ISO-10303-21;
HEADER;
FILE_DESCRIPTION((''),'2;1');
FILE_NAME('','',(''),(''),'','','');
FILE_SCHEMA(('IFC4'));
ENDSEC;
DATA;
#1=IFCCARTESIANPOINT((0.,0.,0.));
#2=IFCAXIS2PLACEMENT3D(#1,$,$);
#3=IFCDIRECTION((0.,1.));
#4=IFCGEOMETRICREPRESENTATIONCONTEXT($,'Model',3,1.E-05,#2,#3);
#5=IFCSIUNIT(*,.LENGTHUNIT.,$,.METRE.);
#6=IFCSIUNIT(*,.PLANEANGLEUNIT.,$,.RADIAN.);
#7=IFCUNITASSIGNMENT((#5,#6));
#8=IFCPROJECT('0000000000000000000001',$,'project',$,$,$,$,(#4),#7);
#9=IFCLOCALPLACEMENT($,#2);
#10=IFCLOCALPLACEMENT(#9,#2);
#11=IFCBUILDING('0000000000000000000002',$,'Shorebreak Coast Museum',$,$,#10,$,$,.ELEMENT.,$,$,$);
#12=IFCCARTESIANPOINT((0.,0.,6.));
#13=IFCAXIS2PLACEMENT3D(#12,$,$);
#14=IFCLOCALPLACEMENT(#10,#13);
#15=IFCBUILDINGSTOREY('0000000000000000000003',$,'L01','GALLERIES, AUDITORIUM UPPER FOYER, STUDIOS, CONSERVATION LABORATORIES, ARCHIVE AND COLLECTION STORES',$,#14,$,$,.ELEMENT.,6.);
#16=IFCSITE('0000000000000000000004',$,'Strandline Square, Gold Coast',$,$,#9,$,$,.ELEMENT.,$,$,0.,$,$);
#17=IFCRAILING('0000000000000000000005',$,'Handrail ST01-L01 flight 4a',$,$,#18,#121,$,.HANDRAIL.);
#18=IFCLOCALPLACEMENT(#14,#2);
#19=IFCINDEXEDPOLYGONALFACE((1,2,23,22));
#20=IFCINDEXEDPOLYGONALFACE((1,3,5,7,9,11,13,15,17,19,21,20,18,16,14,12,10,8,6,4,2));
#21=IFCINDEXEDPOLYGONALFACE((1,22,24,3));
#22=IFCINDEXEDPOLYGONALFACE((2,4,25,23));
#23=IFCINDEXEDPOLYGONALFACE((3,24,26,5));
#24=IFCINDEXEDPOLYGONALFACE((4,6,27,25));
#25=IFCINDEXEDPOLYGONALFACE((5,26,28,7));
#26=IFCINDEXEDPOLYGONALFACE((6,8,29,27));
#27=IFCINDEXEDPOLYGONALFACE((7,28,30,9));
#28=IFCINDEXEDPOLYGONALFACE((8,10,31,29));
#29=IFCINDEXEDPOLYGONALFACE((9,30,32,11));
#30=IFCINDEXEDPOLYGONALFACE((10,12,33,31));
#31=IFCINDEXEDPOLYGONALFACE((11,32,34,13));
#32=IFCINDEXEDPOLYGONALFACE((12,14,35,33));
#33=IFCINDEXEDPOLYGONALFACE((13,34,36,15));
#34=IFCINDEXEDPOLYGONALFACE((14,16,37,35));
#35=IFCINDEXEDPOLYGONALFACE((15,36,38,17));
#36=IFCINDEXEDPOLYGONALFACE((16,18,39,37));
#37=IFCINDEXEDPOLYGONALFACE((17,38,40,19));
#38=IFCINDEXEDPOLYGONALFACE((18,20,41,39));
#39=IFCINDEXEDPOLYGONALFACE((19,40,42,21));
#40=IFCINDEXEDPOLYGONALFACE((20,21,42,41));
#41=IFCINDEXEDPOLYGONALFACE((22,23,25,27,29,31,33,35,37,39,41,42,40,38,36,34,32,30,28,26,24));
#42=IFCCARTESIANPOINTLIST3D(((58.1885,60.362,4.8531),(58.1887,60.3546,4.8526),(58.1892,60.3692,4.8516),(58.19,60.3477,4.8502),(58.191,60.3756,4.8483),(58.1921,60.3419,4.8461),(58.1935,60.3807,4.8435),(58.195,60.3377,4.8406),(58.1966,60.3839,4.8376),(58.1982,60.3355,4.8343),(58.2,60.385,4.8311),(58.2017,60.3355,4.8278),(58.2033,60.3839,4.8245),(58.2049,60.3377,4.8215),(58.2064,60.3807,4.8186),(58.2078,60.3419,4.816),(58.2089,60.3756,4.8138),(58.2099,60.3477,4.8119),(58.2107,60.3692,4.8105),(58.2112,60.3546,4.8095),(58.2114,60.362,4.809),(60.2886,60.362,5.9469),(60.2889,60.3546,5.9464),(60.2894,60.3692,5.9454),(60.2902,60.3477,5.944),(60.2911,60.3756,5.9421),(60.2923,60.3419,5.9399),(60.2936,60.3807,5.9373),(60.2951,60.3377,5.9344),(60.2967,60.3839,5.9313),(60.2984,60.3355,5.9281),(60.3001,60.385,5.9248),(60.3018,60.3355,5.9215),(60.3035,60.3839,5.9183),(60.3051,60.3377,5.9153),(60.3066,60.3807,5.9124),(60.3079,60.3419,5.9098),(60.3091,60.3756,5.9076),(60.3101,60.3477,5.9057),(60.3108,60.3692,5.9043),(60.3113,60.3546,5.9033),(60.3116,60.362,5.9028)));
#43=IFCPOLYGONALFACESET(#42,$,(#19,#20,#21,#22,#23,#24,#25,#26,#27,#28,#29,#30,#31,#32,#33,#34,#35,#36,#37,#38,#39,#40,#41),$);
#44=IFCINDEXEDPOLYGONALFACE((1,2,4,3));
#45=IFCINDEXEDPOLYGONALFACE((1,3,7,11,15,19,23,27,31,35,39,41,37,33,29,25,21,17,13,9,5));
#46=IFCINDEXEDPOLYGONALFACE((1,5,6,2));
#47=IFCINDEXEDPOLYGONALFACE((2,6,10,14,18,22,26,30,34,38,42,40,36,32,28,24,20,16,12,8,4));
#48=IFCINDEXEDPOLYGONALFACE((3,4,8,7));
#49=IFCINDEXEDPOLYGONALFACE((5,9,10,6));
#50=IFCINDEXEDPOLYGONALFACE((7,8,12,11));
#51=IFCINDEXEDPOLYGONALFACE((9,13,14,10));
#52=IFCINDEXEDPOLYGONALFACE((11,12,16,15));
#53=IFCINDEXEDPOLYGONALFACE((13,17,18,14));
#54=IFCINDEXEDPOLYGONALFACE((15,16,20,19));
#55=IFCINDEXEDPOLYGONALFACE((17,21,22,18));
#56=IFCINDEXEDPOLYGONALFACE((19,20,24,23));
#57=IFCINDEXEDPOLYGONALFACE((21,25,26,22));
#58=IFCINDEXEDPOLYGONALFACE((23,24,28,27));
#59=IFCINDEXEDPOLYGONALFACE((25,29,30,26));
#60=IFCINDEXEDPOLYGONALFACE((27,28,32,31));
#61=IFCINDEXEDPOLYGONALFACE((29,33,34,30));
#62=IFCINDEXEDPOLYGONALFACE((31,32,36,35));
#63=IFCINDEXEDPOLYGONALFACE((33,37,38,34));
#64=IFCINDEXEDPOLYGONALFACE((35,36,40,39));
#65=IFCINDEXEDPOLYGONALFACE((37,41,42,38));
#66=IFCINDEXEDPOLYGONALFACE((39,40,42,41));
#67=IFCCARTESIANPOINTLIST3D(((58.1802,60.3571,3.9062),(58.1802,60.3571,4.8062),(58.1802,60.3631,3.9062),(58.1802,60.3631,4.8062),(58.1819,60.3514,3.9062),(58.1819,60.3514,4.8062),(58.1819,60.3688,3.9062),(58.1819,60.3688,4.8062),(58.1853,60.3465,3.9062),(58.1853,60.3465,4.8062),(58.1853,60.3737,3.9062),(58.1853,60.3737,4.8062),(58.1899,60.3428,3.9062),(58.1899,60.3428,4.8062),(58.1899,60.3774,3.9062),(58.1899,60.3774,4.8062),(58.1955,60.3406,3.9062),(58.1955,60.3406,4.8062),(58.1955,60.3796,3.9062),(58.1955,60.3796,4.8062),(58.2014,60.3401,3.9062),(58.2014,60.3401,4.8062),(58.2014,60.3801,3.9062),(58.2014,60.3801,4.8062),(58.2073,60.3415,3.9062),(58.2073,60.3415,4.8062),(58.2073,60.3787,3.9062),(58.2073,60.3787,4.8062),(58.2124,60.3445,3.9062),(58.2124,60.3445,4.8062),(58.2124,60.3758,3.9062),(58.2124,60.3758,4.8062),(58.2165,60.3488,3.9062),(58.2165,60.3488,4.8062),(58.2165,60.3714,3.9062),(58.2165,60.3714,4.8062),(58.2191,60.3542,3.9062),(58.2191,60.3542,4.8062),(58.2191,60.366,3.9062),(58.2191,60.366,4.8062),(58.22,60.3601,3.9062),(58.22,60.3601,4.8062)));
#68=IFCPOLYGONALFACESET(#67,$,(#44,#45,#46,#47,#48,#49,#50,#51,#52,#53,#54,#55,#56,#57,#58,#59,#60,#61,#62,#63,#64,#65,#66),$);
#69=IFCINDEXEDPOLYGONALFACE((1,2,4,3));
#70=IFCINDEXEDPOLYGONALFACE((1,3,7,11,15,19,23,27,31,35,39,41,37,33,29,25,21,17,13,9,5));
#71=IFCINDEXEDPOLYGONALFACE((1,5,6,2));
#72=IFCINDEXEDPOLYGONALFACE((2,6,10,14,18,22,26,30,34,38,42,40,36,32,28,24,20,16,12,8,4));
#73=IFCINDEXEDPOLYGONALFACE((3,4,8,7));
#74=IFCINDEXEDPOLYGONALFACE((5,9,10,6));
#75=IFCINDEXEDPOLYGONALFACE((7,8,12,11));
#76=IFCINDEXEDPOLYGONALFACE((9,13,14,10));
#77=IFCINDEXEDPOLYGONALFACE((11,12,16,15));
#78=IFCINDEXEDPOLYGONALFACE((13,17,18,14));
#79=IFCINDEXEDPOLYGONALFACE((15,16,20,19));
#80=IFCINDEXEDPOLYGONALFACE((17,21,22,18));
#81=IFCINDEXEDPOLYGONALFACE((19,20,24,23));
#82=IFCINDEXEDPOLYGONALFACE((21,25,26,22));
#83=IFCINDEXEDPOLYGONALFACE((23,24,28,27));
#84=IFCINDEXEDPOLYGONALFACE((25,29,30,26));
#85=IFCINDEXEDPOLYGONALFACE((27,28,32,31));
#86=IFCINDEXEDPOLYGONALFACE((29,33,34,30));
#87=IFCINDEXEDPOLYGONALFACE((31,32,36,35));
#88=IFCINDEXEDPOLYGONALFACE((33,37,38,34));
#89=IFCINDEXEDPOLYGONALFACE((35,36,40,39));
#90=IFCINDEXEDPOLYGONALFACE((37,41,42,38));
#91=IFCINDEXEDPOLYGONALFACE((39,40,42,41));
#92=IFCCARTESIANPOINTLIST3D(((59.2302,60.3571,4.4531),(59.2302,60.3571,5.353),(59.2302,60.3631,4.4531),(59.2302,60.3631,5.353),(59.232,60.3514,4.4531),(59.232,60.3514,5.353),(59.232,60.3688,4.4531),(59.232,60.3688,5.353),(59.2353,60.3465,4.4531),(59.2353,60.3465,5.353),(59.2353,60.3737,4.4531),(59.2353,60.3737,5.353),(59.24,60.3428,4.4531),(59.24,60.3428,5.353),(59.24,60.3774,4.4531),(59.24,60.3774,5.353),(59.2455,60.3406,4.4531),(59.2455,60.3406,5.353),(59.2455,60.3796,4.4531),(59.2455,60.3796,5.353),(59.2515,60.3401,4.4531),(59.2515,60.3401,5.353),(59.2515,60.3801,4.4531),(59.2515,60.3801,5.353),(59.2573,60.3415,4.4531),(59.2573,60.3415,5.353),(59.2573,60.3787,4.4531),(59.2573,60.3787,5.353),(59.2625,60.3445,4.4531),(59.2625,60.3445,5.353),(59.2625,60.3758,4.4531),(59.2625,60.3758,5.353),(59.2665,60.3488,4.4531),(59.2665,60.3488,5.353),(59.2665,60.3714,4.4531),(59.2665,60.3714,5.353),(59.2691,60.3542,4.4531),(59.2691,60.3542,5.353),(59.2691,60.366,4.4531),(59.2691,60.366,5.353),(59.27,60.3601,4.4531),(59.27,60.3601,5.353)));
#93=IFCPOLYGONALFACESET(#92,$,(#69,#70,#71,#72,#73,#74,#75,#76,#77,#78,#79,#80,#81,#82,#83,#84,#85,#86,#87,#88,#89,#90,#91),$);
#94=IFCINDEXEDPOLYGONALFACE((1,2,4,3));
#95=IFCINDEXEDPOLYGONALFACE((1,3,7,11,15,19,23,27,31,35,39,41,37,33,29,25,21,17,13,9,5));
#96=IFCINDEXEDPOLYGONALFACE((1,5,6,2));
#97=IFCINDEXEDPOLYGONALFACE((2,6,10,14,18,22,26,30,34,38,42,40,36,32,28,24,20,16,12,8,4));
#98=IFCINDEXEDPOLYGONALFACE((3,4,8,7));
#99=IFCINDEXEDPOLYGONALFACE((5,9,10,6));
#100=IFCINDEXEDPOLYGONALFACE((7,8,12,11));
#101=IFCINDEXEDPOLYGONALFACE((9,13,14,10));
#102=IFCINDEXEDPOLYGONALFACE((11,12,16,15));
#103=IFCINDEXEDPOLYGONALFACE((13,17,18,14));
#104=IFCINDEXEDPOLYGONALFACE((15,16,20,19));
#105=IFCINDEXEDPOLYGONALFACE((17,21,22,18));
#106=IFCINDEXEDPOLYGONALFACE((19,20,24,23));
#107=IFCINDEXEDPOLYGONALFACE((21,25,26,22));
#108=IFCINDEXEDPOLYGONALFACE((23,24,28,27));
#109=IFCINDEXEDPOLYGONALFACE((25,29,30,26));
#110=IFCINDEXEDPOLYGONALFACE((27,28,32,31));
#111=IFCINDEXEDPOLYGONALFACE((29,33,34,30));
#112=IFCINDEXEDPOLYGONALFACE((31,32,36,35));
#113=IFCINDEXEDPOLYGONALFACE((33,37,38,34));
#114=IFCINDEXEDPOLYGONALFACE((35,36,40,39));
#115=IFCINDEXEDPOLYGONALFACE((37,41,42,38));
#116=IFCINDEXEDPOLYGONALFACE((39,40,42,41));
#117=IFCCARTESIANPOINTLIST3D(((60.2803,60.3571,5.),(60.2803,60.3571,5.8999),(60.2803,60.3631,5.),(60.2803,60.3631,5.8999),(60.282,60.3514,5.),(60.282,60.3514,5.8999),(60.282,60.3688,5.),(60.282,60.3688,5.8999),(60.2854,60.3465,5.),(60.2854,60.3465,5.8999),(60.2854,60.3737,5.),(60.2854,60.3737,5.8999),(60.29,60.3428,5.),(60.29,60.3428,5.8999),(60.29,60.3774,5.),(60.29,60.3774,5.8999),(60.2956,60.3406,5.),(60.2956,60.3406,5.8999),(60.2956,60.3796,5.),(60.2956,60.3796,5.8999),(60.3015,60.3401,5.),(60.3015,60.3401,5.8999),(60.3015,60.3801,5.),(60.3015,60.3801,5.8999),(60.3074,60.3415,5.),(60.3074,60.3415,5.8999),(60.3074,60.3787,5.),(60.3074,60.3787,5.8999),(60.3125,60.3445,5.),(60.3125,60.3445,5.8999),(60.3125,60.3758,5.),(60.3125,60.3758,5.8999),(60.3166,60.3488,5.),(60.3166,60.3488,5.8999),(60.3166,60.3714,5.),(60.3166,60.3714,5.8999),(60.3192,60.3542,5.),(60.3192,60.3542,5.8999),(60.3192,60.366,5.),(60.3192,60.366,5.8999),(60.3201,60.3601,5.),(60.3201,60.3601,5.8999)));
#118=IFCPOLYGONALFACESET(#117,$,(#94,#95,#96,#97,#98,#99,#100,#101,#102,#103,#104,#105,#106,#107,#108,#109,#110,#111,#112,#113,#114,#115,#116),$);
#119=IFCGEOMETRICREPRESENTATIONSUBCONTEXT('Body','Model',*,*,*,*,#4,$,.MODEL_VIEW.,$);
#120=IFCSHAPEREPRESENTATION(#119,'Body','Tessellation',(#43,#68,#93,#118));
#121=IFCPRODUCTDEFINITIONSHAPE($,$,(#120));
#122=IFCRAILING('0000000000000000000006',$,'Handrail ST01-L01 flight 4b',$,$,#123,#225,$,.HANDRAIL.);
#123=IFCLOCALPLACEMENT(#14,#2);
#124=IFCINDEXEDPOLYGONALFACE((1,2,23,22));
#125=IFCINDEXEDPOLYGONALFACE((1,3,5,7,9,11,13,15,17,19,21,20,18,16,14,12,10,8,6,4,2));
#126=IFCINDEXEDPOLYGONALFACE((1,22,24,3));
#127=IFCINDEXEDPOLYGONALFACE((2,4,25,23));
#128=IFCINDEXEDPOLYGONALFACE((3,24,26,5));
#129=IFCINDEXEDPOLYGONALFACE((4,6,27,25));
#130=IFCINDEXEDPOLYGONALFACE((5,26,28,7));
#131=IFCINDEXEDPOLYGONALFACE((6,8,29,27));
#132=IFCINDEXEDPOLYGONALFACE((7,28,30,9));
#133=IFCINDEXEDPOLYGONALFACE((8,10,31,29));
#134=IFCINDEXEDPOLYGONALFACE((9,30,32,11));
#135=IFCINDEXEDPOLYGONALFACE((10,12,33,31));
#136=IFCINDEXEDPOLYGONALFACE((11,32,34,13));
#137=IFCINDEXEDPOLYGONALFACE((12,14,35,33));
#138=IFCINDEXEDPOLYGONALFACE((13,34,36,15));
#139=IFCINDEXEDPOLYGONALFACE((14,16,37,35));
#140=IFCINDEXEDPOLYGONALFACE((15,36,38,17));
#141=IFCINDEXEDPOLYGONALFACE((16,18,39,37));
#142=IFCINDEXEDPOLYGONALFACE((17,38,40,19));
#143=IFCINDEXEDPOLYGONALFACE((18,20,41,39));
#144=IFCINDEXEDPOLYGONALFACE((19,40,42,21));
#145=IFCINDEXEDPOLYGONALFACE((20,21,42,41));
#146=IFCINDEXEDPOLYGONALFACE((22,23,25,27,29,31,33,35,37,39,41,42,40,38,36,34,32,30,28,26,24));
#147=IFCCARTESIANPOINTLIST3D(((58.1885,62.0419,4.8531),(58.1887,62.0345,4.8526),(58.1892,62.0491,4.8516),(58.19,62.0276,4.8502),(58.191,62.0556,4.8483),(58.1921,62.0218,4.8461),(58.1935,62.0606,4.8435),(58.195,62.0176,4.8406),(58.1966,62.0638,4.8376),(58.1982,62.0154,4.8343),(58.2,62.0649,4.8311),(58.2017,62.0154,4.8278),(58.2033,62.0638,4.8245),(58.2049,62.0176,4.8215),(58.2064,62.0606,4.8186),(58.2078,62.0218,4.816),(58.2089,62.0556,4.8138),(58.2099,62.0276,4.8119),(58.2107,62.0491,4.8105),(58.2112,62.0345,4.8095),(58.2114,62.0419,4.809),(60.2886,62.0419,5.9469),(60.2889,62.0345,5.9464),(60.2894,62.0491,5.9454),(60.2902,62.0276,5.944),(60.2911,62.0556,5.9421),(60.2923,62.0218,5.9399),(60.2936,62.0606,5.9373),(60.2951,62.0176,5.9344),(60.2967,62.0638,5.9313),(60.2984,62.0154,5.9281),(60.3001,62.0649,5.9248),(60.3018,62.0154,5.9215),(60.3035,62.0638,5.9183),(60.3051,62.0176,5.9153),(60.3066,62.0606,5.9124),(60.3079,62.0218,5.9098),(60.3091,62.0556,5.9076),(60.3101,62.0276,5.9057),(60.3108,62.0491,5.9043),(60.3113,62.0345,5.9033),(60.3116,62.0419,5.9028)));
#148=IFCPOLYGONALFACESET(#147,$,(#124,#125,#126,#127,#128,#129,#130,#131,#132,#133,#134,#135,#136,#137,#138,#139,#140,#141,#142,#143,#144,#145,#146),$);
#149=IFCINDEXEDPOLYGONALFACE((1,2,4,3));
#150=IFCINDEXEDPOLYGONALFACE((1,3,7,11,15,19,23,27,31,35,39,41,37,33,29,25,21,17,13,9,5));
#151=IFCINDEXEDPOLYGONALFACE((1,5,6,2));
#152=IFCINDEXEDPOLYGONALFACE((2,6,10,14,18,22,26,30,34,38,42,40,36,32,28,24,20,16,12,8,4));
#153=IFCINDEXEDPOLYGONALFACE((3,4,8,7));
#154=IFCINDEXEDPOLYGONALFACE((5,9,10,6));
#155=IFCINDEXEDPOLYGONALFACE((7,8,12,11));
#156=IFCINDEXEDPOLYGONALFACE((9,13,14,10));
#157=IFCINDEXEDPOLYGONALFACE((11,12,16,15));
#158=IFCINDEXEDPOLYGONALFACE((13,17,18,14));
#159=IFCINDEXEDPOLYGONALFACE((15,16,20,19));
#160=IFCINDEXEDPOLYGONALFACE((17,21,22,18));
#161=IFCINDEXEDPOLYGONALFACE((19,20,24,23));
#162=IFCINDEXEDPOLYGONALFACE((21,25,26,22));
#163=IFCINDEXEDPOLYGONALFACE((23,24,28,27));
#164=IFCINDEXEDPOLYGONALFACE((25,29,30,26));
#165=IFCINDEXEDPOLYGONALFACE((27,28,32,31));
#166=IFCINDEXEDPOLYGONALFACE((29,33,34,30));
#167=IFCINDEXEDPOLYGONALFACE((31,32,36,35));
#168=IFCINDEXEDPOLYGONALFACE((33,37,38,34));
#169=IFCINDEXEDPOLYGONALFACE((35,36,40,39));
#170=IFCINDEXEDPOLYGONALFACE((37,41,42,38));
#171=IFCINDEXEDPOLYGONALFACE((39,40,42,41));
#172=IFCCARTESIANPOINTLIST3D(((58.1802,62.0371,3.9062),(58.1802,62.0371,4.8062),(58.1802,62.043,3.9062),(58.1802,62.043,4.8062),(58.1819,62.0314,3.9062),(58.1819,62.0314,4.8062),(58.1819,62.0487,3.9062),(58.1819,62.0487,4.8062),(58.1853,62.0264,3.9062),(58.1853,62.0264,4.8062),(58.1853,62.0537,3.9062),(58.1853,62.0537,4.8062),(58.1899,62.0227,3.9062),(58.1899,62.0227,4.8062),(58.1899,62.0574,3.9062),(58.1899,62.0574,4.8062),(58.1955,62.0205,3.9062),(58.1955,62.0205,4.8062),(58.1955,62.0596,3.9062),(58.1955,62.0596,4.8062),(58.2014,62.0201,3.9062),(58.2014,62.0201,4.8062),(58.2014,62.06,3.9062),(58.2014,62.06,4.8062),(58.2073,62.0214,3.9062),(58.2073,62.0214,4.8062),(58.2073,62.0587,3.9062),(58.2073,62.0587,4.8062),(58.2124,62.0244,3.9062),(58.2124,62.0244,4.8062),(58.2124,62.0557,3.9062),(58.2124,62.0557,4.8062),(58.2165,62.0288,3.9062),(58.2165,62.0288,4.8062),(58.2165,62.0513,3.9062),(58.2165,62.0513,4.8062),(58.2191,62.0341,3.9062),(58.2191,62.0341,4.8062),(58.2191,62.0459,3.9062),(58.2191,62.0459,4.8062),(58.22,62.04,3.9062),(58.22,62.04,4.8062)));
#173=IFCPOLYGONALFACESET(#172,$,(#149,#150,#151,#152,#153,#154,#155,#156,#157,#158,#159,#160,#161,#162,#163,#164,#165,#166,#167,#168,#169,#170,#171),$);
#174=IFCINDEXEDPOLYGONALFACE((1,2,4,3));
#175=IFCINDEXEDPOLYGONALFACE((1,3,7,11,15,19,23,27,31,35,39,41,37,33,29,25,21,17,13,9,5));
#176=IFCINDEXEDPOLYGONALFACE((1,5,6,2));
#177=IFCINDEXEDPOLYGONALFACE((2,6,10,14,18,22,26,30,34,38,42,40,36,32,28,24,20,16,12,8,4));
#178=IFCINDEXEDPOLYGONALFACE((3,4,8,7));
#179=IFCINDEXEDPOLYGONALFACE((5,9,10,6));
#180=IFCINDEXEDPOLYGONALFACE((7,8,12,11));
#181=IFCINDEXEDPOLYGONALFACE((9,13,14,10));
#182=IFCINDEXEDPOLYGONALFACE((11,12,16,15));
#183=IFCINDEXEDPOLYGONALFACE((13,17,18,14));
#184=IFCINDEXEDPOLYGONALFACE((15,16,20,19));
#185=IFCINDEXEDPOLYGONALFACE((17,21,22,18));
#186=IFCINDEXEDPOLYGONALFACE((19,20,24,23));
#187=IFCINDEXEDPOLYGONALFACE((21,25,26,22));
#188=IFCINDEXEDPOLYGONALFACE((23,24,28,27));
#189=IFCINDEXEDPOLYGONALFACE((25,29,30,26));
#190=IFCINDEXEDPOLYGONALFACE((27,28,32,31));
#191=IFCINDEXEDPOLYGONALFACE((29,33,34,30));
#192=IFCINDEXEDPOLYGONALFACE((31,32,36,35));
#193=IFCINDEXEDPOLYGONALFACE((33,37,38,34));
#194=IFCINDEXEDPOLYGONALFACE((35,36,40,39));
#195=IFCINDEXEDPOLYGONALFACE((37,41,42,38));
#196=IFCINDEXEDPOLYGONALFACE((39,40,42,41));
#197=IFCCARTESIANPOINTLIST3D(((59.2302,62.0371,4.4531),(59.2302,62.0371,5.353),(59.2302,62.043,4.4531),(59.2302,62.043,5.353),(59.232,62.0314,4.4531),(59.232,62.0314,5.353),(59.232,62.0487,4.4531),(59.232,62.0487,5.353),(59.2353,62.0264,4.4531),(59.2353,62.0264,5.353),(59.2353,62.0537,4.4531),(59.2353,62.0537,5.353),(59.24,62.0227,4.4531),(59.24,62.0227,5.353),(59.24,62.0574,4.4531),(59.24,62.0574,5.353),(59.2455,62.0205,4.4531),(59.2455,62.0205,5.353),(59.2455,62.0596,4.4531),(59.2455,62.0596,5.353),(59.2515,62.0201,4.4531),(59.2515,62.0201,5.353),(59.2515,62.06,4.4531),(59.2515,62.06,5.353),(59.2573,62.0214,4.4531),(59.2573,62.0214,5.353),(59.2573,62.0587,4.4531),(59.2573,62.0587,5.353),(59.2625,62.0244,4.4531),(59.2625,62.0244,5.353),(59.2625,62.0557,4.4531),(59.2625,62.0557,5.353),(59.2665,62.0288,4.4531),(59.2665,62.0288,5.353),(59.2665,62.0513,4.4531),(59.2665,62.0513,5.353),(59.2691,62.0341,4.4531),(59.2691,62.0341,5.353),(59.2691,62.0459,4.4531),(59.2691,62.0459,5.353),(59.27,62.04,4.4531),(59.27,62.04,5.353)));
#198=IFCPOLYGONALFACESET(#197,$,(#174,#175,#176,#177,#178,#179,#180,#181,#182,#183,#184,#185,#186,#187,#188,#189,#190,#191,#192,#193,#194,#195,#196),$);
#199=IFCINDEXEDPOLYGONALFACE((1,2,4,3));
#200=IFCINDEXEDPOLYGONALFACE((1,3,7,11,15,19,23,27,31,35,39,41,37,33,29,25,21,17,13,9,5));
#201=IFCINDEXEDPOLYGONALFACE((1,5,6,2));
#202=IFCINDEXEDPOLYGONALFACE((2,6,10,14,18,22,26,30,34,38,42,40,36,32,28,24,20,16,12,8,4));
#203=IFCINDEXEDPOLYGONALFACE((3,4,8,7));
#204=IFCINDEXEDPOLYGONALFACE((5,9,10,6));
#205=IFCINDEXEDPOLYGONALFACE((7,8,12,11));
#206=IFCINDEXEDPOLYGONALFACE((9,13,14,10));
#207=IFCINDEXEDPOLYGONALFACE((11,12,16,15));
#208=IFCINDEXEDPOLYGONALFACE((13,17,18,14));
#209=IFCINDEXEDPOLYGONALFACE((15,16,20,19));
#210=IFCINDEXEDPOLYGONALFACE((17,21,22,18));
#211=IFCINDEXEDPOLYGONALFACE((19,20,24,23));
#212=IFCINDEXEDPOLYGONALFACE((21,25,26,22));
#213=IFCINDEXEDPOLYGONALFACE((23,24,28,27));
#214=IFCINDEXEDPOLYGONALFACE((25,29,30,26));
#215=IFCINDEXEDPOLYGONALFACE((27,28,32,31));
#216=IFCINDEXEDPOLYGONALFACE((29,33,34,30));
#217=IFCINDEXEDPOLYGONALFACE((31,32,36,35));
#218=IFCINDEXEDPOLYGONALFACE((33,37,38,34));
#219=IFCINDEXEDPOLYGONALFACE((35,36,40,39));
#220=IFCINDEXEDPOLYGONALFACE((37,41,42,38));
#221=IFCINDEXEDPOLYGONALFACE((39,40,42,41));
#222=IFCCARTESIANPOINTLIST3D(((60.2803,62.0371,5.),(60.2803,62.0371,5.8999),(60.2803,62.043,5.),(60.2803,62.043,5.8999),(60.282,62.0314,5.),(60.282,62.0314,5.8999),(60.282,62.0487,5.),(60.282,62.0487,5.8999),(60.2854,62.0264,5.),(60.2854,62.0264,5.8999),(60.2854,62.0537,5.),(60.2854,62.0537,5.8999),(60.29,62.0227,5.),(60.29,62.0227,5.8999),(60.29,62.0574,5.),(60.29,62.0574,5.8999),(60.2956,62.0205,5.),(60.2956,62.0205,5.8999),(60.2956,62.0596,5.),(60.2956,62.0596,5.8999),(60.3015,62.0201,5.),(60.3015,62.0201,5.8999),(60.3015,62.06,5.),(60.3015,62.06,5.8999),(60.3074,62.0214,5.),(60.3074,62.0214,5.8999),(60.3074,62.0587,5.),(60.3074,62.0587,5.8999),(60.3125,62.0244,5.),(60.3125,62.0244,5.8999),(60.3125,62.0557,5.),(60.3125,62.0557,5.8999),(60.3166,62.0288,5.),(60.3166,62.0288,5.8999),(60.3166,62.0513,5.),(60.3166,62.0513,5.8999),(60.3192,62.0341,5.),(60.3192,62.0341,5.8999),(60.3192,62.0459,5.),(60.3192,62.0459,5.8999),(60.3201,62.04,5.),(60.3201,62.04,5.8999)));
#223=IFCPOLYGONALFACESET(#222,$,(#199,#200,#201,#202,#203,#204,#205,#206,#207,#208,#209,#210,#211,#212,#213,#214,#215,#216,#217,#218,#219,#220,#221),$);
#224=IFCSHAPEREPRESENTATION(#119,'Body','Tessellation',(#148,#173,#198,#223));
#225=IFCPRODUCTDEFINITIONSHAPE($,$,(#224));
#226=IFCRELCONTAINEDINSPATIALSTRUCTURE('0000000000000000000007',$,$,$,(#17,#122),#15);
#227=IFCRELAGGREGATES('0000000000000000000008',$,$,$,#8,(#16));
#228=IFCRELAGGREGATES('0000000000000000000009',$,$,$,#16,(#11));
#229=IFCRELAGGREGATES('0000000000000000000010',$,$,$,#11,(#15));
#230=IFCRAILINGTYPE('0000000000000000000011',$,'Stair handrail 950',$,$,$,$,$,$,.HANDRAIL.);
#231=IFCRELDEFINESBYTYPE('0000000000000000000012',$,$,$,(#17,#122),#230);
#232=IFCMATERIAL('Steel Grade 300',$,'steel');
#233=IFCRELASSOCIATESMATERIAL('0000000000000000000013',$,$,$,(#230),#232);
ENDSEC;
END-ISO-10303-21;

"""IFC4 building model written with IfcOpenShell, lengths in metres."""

from ifc_helpers import new_model, si_unit, direction, frame, origin, origin_2d, place, context, subcontext, project, spatial, circle, extrude, material, type_object, element, save


model = new_model("IFC4")

# Units and contexts
model_context = context("Model", 3, precision=1e-05, world=origin(), true_north=direction((0.0, 1.0)))
body_context = subcontext(model_context, "Body", "Model", "MODEL_VIEW")
ifc_project = project(units=[si_unit("LENGTHUNIT", "METRE"), si_unit("PLANEANGLEUNIT", "RADIAN")], contexts=[model_context])

# Site, building, storey
site_placement = place(None, origin())
site = spatial("IfcSite", under=ifc_project, at=site_placement, Name="Strandline Square, Gold Coast", CompositionType="ELEMENT", RefElevation=0.0)
building_placement = place(site_placement, origin())
building = spatial("IfcBuilding", under=site, at=building_placement, Name="Shorebreak Coast Museum", CompositionType="ELEMENT")
storey_placement = place(building_placement, frame((0.0, 0.0, 6.0)))
storey = spatial("IfcBuildingStorey", under=building, at=storey_placement, Name="L01", Description="GALLERIES, AUDITORIUM UPPER FOYER, STUDIOS, CONSERVATION LABORATORIES, ARCHIVE AND COLLECTION STORES", CompositionType="ELEMENT", Elevation=6.0)

# Railings
ifc_material_1 = material(Name="Steel Grade 300", Category="steel")
railing_type_1 = type_object("IfcRailingType", Name="Stair handrail 950", PredefinedType="HANDRAIL", material=ifc_material_1)
for number, where, name in (
    (1, (58.2, 60.3601, 3.9062), "Handrail ST01-L01 flight 4a"),
    (2, (58.2, 62.04, 3.9062), "Handrail ST01-L01 flight 4b"),
):
    element("IfcRailing", number, at=place(storey_placement, frame(where)), inside=storey, type_object=railing_type_1, Name=name, PredefinedType="HANDRAIL", context=body_context, shape_type="SweptSolid", body=[
        extrude(circle(Radius=0.0249, at=origin_2d()), frame((0.0, 0.0, 0.9248), z_axis=(0.886923, 0.0, 0.461918), x_axis=(0.0, 1.0, 0.0)), (0.0, 0.0, 1.0), 2.3679),
        extrude(circle(Radius=0.02, at=origin_2d()), origin(), (0.0, 0.0, 1.0), 0.8999),
        extrude(circle(Radius=0.02, at=origin_2d()), frame((1.05, 0.0, 0.5469)), (0.0, 0.0, 1.0), 0.8999),
        extrude(circle(Radius=0.02, at=origin_2d()), frame((2.1001, 0.0, 1.0938)), (0.0, 0.0, 1.0), 0.8999),
    ])

save(model, "model.ifc")
